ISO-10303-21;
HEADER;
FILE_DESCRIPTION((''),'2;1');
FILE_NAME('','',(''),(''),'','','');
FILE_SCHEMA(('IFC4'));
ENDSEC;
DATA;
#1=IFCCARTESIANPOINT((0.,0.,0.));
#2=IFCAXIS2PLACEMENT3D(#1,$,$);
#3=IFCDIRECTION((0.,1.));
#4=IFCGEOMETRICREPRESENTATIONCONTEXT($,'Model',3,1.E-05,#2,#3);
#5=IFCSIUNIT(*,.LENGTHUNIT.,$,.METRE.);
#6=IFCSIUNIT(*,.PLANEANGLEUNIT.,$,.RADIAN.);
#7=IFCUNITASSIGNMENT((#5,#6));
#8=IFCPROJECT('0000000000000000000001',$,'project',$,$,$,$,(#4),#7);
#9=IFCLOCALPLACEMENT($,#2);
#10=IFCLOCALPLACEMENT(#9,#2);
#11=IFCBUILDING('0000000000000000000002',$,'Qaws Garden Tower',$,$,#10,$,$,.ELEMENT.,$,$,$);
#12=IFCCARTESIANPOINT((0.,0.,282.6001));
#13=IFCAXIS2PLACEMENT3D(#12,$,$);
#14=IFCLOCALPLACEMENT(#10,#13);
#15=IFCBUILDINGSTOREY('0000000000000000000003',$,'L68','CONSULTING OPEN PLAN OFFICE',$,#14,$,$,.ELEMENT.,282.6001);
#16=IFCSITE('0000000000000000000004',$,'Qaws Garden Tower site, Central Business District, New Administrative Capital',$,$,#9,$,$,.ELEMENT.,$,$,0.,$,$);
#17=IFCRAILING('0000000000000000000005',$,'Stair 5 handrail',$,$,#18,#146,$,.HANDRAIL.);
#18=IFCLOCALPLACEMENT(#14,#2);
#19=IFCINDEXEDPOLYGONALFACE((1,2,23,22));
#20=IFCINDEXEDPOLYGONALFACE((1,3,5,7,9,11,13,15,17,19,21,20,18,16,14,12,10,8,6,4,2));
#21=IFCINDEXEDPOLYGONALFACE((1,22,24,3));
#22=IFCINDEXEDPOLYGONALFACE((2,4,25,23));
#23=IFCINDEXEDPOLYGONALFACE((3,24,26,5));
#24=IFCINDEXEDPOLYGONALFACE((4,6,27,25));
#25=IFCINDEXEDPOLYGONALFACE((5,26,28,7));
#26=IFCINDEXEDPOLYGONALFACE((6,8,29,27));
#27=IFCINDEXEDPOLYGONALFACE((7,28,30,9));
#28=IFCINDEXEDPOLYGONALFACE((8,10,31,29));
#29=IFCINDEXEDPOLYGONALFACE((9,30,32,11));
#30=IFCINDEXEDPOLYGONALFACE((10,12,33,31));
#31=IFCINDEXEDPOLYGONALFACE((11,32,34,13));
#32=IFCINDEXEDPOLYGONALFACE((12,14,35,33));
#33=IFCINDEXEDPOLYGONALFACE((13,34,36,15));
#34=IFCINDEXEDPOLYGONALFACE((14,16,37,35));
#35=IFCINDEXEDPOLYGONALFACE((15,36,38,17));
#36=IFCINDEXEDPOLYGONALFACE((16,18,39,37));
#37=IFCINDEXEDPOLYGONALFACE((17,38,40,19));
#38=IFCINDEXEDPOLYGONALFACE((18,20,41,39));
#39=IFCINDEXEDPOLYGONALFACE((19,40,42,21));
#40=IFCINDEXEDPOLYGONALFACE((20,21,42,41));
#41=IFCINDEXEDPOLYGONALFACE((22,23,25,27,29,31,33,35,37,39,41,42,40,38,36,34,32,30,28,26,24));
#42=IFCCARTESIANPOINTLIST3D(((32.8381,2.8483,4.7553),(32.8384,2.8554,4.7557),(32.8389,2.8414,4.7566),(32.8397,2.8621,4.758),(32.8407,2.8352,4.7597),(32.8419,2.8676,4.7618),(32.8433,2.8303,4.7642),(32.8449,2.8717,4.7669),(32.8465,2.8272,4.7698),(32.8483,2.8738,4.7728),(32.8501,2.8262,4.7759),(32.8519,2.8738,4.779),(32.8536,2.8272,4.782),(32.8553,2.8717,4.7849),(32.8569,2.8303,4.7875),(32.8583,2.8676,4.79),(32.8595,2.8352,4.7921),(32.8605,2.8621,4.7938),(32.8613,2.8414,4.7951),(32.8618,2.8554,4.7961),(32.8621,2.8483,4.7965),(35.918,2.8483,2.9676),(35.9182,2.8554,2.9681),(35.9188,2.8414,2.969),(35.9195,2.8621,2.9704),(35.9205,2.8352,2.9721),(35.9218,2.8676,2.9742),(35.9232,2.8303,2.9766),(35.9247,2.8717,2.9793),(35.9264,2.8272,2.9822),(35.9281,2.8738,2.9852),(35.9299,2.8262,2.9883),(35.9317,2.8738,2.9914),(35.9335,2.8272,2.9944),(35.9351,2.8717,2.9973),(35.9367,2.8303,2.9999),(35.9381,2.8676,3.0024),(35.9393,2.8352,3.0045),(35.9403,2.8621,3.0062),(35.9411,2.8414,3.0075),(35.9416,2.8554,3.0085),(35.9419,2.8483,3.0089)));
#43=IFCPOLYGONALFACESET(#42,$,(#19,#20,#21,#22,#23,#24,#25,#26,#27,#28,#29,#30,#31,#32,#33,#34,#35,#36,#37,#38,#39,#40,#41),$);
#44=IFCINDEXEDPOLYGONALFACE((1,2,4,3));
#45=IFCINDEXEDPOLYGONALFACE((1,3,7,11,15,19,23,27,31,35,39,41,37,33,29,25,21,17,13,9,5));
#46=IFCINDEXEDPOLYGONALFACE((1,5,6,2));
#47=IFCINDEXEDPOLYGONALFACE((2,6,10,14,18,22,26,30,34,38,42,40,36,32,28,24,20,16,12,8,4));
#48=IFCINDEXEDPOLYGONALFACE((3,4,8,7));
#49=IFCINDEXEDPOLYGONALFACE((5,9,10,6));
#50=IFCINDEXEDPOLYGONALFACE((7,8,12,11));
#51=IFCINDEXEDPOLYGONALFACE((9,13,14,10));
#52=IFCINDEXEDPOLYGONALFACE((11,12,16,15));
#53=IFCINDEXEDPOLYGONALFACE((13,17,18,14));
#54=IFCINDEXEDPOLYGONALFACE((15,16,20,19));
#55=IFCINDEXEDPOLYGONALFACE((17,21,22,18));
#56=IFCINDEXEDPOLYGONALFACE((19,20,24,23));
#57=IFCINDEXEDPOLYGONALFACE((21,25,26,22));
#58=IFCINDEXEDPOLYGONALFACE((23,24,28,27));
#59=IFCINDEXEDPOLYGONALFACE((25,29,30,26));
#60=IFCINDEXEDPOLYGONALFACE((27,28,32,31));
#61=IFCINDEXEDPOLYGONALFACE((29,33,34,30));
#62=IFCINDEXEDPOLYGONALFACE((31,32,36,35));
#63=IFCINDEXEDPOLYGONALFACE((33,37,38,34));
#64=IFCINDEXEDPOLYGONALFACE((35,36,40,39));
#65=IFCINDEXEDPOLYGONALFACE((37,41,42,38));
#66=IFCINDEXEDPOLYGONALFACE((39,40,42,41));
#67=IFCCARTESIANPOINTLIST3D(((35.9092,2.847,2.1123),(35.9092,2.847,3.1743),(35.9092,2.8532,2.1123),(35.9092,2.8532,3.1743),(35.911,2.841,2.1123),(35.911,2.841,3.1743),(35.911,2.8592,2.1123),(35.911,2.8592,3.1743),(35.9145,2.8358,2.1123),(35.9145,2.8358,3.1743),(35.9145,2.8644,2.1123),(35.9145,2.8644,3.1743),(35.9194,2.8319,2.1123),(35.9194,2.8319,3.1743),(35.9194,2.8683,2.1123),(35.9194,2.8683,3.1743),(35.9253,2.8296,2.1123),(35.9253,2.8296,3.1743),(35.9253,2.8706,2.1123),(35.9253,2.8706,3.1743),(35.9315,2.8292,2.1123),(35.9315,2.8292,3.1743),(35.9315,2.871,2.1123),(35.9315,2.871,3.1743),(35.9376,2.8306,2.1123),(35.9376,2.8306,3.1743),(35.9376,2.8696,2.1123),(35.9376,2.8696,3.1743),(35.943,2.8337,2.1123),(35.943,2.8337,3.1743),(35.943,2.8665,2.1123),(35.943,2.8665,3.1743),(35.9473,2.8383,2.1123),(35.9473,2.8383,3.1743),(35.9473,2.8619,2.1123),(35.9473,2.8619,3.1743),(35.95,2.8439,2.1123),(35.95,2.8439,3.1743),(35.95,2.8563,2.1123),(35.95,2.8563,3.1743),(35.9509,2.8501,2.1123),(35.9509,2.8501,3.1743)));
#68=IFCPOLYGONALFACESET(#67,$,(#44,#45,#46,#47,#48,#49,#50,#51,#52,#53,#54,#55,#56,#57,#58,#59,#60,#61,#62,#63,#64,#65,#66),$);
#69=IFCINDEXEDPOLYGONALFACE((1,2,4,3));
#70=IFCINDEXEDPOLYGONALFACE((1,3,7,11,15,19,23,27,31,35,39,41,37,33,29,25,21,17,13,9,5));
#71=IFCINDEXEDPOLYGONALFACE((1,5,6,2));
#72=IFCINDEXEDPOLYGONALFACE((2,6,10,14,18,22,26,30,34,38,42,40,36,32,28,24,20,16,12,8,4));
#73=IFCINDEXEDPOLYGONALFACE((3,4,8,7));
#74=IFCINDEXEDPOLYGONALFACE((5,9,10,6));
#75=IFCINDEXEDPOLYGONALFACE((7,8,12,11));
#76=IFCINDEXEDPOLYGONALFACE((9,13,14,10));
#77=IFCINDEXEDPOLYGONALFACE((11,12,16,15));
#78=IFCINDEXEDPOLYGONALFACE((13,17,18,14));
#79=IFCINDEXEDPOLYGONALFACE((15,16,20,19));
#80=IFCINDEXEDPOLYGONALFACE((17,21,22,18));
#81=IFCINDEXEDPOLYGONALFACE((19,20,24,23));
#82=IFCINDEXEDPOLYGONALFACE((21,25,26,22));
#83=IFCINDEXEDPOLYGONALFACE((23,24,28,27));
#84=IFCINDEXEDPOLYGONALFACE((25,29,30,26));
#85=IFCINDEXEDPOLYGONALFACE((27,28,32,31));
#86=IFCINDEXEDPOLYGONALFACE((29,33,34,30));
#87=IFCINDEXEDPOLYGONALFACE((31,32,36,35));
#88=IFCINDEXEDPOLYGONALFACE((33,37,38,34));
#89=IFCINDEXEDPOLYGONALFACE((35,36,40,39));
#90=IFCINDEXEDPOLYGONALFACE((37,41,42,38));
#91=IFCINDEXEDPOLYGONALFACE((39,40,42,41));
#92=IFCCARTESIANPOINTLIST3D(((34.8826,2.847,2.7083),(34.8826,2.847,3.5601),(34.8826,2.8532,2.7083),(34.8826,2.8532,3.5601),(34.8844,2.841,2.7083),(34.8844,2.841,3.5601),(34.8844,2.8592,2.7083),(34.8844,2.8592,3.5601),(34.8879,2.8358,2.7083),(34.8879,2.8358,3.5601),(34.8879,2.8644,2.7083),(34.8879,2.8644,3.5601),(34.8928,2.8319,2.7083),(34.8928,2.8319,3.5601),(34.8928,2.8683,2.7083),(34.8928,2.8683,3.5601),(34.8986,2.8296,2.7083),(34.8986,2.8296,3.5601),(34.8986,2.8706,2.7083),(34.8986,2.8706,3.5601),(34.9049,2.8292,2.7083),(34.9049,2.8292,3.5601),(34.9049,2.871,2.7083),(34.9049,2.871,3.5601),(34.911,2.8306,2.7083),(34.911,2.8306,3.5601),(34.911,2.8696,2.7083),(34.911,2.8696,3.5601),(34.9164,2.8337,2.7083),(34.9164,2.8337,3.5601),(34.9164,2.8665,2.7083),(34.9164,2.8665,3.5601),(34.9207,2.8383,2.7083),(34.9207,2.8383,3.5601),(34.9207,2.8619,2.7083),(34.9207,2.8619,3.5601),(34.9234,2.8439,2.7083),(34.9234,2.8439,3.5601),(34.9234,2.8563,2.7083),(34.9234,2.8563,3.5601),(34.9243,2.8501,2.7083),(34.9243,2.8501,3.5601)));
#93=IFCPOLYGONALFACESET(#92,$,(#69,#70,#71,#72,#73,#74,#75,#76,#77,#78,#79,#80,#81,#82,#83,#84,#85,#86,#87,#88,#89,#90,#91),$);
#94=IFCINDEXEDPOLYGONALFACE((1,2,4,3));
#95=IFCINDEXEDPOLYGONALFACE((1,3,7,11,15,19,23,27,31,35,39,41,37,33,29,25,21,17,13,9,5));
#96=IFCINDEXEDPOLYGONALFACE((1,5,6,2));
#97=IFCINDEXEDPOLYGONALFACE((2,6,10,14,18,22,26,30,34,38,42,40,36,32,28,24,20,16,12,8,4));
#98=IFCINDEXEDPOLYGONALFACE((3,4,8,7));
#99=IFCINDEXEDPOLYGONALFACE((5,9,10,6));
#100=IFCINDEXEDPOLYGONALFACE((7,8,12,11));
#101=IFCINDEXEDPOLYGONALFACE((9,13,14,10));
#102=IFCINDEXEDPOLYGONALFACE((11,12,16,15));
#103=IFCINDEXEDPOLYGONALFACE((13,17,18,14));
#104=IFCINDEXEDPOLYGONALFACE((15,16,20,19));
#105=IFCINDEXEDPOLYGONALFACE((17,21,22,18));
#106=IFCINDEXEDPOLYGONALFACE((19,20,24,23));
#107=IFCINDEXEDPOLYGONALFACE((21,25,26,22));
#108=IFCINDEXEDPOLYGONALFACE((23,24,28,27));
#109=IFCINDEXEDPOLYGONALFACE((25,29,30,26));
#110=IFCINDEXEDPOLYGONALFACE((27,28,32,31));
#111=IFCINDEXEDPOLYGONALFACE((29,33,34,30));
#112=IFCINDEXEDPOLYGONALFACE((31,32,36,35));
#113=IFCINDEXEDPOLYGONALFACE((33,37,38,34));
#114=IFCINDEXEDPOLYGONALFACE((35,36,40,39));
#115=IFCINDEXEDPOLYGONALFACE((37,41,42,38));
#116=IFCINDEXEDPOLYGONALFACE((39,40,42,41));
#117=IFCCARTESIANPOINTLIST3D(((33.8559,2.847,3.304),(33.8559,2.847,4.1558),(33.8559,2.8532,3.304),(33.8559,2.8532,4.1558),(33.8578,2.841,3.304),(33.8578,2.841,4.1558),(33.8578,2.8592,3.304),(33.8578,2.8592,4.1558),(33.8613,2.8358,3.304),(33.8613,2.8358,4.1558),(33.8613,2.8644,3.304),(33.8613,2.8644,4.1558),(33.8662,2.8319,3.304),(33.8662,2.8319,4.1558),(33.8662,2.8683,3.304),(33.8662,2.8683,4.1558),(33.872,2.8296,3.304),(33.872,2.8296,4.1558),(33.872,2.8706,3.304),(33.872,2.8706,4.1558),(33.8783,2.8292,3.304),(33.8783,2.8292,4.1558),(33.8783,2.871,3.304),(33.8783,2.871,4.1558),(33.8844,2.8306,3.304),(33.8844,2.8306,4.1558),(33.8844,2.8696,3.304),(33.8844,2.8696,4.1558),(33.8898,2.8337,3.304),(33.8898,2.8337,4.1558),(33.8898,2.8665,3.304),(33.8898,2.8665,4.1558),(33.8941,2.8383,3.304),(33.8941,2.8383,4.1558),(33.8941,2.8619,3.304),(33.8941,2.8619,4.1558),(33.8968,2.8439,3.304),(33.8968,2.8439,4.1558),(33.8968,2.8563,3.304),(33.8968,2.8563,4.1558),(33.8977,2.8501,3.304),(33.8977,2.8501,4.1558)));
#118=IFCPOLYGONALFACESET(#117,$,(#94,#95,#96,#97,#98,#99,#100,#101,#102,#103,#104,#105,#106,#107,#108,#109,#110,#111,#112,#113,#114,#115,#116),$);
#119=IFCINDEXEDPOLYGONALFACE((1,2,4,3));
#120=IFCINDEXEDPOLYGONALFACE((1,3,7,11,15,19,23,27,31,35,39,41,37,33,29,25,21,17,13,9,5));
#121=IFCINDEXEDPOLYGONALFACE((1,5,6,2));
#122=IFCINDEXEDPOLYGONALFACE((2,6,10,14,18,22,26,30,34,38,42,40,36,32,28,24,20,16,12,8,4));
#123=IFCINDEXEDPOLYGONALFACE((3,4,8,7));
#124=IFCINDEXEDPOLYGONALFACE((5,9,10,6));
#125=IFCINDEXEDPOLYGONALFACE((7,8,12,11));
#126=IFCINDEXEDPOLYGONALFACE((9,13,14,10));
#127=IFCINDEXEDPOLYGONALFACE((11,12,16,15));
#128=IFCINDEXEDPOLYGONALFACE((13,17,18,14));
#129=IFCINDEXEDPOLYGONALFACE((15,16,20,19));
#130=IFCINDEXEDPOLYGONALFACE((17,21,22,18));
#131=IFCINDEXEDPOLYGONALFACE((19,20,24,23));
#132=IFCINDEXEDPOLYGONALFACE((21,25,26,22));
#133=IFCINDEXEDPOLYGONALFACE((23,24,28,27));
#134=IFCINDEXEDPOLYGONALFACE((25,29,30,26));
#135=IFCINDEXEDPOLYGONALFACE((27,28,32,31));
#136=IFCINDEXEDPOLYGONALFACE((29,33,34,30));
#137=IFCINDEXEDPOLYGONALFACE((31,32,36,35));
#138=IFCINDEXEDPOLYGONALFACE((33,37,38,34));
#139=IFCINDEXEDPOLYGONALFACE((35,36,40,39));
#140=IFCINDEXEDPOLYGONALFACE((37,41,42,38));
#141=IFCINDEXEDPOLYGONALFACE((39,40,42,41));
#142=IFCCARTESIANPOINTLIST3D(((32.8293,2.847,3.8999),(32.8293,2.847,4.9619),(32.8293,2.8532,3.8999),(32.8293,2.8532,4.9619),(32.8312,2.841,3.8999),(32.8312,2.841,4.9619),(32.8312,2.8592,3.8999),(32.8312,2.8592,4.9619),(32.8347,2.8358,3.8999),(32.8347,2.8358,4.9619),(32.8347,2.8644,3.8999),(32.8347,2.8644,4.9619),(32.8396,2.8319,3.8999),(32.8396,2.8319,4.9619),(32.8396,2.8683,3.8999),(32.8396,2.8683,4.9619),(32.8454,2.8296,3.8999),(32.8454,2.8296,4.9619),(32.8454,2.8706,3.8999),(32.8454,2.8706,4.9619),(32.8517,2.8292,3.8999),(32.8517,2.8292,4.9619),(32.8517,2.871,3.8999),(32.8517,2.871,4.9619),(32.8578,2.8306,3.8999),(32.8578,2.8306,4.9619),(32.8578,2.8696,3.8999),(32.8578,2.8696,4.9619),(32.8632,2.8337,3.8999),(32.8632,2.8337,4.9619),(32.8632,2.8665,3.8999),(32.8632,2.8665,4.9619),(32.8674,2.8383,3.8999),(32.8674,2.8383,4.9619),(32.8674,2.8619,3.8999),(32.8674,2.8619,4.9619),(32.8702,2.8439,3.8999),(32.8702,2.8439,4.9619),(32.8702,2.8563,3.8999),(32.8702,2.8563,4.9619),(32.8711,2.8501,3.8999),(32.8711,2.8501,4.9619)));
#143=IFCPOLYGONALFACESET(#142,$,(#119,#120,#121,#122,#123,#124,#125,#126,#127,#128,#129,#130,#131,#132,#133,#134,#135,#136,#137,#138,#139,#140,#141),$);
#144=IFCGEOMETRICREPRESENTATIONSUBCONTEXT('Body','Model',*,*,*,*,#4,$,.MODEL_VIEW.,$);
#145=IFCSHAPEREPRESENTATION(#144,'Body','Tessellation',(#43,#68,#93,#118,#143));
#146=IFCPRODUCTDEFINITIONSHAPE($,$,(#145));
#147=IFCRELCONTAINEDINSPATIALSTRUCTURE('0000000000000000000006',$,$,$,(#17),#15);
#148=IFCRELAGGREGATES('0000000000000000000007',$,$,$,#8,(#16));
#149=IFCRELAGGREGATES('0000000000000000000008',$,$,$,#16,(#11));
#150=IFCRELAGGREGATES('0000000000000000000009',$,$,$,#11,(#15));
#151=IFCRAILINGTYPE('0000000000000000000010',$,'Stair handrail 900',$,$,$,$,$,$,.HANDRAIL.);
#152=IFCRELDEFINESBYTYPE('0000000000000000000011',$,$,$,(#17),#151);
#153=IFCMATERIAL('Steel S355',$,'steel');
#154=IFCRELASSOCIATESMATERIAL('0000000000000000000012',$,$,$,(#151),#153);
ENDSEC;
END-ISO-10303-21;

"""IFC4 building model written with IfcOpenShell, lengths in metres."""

from ifc_helpers import new_model, si_unit, direction, frame, origin, origin_2d, place, context, subcontext, project, spatial, circle, extrude, material, type_object, element, save


model = new_model("IFC4")

# Units and contexts
model_context = context("Model", 3, precision=1e-05, world=origin(), true_north=direction((0.0, 1.0)))
body_context = subcontext(model_context, "Body", "Model", "MODEL_VIEW")
ifc_project = project(units=[si_unit("LENGTHUNIT", "METRE"), si_unit("PLANEANGLEUNIT", "RADIAN")], contexts=[model_context])

# Site, building, storey
site_placement = place(None, origin())
site = spatial("IfcSite", under=ifc_project, at=site_placement, Name="Qaws Garden Tower site, Central Business District, New Administrative Capital", CompositionType="ELEMENT", RefElevation=0.0)
building_placement = place(site_placement, origin())
building = spatial("IfcBuilding", under=site, at=building_placement, Name="Qaws Garden Tower", CompositionType="ELEMENT")
storey_placement = place(building_placement, frame((0.0, 0.0, 282.6001)))
storey = spatial("IfcBuildingStorey", under=building, at=storey_placement, Name="L68", Description="CONSULTING OPEN PLAN OFFICE", CompositionType="ELEMENT", Elevation=282.6001)

# Railing
ifc_material_1 = material(Name="Steel S355", Category="steel")
railing_type = type_object("IfcRailingType", Name="Stair handrail 900", PredefinedType="HANDRAIL", material=ifc_material_1)
railing_1_placement = place(storey_placement, frame((35.9299, 2.8501, 2.1123)))
element("IfcRailing", 1, at=railing_1_placement, inside=storey, type_object=railing_type, Name="Stair 5 handrail", PredefinedType="HANDRAIL", context=body_context, shape_type="SweptSolid", body=[
    extrude(circle(Radius=0.0239, at=origin_2d()), frame((0.0, 0.0, 0.876), z_axis=(-0.864873, 0.0, 0.50199), x_axis=(0.0, -1.0, 0.0)), (0.0, 0.0, 1.0), 3.561),
    extrude(circle(Radius=0.021, at=origin_2d()), origin(), (0.0, 0.0, 1.0), 1.062),
    extrude(circle(Radius=0.021, at=origin_2d()), frame((-1.0266, 0.0, 0.5959)), (0.0, 0.0, 1.0), 0.8518),
    extrude(circle(Radius=0.021, at=origin_2d()), frame((-2.0532, 0.0, 1.1917)), (0.0, 0.0, 1.0), 0.8518),
    extrude(circle(Radius=0.021, at=origin_2d()), frame((-3.0798, 0.0, 1.7876)), (0.0, 0.0, 1.0), 1.062),
])

save(model, "model.ifc")
